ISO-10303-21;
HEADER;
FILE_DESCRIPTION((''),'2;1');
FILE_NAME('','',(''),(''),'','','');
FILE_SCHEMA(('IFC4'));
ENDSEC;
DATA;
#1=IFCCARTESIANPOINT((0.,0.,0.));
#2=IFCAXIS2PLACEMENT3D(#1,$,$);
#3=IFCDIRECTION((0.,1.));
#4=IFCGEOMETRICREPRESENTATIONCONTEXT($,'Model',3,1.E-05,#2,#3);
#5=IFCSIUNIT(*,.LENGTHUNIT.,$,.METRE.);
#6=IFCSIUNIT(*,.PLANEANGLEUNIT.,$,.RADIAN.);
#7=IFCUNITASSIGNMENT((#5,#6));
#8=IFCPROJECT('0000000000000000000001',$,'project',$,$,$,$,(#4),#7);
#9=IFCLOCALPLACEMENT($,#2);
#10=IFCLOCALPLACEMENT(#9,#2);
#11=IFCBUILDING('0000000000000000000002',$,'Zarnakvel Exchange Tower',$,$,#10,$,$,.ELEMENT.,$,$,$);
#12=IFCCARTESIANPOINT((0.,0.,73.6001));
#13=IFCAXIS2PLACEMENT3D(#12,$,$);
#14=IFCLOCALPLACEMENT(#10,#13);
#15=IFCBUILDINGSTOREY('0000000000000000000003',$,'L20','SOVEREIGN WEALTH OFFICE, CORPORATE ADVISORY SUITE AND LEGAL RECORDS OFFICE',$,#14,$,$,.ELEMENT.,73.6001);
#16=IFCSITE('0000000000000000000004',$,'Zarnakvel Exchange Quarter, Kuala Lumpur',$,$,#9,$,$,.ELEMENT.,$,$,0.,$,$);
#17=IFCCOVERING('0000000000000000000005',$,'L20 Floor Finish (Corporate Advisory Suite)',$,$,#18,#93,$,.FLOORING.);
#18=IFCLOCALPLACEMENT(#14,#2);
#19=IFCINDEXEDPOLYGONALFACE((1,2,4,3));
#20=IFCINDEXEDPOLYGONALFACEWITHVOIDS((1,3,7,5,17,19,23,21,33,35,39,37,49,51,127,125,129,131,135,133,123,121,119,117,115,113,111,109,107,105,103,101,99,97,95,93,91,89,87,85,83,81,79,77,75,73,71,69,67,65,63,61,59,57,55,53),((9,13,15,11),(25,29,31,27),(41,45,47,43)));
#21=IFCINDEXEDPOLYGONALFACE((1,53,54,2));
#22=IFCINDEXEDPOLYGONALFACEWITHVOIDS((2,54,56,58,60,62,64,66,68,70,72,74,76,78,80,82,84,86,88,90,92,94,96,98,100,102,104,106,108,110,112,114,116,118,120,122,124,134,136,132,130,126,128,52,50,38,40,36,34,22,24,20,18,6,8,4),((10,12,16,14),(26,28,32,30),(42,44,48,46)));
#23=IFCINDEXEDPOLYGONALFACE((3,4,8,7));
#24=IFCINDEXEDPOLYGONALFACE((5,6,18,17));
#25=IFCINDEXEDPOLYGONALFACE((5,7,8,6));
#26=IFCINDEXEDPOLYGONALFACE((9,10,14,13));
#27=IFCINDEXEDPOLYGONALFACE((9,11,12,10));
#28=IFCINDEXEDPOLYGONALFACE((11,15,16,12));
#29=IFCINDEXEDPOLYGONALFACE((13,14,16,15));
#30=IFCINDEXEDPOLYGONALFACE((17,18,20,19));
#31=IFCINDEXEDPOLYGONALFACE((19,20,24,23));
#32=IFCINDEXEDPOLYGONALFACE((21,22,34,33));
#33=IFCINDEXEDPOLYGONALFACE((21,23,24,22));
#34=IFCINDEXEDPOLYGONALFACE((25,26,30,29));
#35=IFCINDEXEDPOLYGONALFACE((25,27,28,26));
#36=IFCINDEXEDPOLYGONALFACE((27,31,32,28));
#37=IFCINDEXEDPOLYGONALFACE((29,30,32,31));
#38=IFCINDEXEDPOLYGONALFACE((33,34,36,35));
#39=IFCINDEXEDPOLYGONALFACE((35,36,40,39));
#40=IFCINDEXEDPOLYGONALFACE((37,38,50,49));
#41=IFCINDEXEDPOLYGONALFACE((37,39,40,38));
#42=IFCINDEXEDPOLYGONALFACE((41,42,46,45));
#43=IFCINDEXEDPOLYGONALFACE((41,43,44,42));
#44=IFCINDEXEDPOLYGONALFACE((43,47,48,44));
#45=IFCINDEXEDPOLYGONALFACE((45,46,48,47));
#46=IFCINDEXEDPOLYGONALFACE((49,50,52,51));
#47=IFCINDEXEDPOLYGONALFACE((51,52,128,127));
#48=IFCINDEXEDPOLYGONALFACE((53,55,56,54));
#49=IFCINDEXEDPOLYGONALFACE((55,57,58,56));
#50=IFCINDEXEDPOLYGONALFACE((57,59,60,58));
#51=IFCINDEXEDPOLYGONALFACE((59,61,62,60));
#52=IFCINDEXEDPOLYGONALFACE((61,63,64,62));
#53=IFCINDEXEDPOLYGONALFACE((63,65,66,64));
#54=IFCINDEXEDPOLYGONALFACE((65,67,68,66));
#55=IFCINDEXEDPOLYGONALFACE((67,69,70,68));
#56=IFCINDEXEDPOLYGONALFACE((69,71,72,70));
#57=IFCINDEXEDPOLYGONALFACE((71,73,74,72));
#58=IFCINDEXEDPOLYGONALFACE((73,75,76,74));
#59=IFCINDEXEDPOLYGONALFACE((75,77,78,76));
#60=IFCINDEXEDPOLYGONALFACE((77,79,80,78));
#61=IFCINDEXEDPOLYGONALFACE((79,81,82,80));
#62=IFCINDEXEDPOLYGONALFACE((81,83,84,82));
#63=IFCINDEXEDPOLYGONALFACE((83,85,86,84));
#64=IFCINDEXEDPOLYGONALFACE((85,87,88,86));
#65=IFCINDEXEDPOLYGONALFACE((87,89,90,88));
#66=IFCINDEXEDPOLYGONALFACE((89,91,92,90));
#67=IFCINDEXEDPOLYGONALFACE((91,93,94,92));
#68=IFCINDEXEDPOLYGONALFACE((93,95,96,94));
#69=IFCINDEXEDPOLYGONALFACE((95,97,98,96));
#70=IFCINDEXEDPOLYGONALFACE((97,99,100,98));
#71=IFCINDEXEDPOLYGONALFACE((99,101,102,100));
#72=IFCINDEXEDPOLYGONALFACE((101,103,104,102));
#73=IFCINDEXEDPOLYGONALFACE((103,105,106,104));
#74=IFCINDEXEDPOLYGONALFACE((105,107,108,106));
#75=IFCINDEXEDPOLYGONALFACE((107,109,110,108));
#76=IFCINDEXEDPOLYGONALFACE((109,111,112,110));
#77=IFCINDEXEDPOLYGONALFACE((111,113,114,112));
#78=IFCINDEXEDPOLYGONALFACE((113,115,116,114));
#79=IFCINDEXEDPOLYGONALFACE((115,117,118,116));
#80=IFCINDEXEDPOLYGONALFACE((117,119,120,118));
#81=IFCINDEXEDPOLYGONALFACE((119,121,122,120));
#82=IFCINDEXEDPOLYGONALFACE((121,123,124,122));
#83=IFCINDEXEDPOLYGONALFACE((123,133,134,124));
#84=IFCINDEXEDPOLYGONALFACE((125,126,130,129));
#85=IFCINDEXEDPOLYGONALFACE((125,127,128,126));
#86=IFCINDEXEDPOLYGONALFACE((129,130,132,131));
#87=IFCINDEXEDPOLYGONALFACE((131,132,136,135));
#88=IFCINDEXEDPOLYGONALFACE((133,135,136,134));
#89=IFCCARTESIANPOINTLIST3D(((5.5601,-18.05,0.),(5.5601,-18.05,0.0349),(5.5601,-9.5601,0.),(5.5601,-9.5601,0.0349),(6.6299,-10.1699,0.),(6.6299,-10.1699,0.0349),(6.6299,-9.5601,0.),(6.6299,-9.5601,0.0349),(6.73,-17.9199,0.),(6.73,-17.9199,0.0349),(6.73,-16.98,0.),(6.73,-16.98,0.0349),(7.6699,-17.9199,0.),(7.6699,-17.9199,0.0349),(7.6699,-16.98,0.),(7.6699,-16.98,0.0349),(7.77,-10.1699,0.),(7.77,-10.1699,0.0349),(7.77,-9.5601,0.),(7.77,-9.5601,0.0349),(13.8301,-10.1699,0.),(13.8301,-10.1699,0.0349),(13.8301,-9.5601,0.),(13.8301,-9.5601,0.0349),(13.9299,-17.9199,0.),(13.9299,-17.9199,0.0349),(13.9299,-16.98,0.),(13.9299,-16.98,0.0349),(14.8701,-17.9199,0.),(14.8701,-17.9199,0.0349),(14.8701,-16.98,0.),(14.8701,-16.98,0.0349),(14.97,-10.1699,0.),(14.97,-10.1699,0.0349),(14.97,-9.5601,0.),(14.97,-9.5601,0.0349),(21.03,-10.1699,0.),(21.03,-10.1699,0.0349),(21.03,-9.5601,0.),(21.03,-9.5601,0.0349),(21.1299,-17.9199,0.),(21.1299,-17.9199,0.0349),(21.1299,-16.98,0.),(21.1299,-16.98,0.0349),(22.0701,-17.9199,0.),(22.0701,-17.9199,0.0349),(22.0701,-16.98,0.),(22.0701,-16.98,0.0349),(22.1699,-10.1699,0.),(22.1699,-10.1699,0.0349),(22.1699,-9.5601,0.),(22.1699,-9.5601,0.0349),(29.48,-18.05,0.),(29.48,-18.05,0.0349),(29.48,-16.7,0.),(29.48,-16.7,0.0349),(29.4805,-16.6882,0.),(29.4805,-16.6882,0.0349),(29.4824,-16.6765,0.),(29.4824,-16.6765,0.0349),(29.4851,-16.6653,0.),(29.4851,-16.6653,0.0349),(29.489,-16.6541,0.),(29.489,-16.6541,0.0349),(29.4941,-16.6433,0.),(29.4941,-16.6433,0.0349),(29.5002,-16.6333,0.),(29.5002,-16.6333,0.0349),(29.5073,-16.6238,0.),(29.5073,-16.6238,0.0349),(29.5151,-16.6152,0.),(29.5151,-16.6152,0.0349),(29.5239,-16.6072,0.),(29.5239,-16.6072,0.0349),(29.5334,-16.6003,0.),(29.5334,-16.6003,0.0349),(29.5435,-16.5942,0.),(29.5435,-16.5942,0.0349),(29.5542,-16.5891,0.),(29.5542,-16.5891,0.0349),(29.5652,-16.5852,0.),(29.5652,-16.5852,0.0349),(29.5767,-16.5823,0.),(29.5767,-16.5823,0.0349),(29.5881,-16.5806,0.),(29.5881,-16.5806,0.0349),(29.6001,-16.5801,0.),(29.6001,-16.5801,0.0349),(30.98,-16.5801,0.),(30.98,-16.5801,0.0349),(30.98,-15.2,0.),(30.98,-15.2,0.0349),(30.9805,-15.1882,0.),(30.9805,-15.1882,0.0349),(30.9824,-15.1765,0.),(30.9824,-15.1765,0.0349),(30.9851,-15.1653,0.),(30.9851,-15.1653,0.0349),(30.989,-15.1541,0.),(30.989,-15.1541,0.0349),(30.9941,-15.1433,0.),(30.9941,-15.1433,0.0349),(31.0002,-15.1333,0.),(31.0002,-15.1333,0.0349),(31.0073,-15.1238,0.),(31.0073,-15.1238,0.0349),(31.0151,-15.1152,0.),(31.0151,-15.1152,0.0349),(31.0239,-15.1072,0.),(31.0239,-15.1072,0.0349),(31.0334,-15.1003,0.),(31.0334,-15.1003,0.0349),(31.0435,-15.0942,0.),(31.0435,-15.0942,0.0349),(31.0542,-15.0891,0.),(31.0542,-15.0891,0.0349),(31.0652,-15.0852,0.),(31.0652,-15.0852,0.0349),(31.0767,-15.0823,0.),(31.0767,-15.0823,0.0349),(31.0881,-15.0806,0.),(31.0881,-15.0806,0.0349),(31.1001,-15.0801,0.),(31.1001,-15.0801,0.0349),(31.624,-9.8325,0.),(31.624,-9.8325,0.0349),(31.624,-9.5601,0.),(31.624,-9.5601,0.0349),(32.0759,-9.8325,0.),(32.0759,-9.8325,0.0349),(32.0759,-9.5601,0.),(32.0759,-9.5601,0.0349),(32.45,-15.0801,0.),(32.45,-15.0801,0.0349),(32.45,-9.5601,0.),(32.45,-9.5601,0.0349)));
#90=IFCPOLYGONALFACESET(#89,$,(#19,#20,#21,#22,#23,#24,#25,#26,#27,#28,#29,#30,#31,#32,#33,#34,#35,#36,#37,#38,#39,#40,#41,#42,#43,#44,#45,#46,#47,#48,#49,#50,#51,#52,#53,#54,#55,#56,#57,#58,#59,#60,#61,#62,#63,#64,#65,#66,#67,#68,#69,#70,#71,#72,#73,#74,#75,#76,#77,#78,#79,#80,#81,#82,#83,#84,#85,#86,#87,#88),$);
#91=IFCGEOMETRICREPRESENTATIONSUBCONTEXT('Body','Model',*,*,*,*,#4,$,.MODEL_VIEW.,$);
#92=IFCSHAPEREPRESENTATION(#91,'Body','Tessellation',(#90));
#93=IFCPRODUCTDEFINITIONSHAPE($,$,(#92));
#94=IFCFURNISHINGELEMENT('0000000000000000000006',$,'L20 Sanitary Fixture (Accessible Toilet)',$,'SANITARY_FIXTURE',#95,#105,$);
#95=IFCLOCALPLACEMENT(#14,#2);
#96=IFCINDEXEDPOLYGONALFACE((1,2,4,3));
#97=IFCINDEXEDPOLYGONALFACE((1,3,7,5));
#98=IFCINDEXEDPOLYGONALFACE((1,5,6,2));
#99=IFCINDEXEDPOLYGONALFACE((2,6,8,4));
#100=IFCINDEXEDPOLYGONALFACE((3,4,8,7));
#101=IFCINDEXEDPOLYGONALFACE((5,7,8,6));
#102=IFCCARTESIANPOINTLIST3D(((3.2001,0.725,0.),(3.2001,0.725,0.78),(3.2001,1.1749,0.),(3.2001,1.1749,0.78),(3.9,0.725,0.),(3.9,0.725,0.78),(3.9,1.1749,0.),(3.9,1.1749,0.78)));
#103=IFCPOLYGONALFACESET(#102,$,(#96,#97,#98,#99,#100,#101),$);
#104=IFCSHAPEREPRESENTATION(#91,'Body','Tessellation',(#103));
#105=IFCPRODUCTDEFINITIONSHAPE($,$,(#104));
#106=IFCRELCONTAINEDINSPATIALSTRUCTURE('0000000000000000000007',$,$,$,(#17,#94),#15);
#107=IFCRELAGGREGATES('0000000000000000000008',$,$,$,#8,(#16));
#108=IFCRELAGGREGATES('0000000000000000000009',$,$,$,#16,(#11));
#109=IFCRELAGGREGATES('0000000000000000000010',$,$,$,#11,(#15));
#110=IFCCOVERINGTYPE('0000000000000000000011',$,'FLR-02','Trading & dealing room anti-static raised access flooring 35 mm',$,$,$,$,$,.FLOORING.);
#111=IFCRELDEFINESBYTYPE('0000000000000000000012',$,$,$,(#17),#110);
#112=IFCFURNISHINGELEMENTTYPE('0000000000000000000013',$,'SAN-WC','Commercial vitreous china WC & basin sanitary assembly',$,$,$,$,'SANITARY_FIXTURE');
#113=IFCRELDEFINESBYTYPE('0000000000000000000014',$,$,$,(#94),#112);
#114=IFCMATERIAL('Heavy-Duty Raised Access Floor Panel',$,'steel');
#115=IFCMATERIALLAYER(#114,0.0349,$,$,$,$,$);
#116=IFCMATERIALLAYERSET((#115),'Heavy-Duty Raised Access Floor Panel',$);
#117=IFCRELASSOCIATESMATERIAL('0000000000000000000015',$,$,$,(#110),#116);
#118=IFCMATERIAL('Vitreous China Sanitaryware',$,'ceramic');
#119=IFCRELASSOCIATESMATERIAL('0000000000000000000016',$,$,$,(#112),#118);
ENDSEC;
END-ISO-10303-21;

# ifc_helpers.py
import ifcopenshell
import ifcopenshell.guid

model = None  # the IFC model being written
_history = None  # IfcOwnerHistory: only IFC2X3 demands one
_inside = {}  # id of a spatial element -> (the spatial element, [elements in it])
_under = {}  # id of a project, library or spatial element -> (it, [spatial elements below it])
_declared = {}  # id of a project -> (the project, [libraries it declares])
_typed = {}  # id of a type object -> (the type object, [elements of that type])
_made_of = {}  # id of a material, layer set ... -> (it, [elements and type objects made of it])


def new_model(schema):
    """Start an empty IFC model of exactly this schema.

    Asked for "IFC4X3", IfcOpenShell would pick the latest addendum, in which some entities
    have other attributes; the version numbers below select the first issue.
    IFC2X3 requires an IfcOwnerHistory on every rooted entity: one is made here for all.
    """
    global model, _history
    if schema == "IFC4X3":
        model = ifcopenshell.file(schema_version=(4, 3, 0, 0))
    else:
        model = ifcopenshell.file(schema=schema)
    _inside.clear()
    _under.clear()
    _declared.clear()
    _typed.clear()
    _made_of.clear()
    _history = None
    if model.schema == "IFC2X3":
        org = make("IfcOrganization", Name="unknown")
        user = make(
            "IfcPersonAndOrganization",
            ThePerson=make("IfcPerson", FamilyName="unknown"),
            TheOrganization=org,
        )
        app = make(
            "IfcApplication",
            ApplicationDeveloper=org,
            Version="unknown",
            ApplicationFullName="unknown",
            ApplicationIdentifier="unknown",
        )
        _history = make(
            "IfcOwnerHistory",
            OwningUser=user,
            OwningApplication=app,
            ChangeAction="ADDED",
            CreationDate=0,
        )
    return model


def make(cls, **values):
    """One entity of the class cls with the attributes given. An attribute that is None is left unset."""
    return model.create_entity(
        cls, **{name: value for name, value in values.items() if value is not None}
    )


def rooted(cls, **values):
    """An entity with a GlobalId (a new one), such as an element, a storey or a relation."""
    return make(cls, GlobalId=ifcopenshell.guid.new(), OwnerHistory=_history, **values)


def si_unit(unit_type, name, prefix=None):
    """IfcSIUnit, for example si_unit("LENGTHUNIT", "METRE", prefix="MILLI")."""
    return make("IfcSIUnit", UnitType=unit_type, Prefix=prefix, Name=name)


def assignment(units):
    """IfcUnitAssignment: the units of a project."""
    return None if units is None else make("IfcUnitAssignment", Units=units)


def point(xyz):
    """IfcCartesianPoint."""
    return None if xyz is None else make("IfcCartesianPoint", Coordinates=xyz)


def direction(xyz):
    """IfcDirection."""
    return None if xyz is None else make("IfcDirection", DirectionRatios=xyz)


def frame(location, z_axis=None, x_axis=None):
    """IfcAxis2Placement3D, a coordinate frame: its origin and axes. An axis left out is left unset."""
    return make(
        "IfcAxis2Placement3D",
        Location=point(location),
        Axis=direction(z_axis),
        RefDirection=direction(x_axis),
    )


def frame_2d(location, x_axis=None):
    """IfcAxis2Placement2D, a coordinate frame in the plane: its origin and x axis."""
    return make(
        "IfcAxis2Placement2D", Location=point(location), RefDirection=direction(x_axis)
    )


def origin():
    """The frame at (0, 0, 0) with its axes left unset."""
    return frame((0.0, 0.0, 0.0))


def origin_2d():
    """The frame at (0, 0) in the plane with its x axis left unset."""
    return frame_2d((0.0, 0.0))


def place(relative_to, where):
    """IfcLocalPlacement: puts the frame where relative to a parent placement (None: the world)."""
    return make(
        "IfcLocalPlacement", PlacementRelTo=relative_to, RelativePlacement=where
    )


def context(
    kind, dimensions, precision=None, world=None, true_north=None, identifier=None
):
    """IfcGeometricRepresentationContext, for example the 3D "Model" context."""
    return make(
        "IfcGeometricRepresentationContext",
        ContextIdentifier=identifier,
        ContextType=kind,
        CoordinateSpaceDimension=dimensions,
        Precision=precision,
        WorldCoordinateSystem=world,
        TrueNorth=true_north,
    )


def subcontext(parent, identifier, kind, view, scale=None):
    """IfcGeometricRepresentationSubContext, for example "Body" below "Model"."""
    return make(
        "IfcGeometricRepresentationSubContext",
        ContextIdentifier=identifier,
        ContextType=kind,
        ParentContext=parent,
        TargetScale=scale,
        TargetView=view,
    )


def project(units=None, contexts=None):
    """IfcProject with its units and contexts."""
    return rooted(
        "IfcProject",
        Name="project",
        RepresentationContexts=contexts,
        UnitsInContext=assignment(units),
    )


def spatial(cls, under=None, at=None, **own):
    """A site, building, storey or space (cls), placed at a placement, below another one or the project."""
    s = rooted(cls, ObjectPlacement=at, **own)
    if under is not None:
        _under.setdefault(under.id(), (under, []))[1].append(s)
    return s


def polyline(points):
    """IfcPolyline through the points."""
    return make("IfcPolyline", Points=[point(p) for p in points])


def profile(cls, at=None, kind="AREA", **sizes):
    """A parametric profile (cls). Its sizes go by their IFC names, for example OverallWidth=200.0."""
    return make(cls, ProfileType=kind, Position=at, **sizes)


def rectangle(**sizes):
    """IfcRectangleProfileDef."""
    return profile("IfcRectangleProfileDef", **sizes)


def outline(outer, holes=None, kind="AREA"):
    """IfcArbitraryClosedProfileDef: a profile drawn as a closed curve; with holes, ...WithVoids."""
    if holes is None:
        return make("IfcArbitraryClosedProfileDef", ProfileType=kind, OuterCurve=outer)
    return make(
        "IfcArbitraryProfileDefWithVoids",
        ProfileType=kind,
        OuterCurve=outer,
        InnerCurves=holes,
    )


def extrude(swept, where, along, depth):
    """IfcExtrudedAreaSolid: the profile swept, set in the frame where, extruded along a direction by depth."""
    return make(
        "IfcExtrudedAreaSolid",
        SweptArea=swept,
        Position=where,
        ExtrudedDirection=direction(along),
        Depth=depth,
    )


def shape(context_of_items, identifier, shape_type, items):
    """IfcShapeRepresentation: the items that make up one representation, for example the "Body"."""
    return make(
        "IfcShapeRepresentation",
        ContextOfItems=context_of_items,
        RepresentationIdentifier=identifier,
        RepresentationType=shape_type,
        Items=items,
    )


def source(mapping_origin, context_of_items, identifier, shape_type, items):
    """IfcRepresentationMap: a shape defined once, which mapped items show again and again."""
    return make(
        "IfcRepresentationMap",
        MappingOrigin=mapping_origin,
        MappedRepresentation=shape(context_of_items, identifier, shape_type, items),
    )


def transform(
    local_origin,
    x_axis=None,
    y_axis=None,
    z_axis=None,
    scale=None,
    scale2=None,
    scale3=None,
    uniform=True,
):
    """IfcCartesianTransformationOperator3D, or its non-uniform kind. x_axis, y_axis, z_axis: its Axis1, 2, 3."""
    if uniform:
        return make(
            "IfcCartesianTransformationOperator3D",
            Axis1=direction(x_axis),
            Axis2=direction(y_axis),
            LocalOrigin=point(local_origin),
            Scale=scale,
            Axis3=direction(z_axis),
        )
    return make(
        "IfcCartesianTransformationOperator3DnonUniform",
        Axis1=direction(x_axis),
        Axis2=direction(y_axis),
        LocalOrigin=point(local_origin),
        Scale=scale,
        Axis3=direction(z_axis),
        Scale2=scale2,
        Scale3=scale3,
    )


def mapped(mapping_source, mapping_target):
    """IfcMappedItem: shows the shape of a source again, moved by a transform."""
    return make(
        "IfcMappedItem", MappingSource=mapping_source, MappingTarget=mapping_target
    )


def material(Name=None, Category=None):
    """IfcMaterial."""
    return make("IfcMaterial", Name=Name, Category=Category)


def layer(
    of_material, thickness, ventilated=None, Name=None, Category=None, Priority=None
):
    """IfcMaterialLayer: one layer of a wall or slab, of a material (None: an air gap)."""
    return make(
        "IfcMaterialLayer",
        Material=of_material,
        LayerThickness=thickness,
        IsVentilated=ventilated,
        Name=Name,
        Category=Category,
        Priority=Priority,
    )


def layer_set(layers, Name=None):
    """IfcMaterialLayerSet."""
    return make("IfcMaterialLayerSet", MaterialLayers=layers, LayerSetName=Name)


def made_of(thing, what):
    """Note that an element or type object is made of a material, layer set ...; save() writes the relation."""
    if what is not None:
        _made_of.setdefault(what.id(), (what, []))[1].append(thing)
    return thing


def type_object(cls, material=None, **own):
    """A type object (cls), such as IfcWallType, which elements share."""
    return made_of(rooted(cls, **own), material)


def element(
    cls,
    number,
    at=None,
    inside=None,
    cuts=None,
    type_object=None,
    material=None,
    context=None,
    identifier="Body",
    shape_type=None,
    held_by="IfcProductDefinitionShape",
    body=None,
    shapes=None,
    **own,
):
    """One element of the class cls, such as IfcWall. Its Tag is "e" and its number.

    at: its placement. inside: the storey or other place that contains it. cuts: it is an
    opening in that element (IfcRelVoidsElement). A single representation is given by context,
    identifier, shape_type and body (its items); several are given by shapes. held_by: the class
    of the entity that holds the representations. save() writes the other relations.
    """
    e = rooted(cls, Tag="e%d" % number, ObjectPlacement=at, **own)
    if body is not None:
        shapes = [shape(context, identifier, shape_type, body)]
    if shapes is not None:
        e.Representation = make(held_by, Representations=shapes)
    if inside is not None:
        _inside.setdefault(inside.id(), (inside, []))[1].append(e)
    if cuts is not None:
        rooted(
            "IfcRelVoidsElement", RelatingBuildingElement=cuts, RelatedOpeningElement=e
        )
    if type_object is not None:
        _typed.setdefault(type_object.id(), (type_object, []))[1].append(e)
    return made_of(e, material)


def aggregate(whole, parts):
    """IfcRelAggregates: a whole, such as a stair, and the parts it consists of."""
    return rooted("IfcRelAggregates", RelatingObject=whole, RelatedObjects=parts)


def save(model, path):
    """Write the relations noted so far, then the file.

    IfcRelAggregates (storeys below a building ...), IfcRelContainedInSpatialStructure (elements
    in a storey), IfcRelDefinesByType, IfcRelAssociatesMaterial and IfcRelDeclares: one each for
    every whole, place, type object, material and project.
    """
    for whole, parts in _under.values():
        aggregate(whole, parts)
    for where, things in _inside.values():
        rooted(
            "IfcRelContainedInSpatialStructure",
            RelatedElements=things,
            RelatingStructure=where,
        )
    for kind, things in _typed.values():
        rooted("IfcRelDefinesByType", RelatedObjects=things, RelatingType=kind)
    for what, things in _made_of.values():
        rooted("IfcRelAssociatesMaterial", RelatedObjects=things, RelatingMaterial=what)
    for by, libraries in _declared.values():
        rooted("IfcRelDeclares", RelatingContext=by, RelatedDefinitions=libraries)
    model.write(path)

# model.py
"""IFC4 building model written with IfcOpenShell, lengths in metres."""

from ifc_helpers import new_model, si_unit, direction, frame, origin, origin_2d, place, context, subcontext, project, spatial, polyline, rectangle, outline, extrude, source, transform, mapped, material, layer, layer_set, type_object, element, save


model = new_model("IFC4")

# Units and contexts
model_context = context("Model", 3, precision=1e-05, world=origin(), true_north=direction((0.0, 1.0)))
body_context = subcontext(model_context, "Body", "Model", "MODEL_VIEW")
ifc_project = project(units=[si_unit("LENGTHUNIT", "METRE"), si_unit("PLANEANGLEUNIT", "RADIAN")], contexts=[model_context])

# Site, building, storey
site_placement = place(None, origin())
site = spatial("IfcSite", under=ifc_project, at=site_placement, Name="Zarnakvel Exchange Quarter, Kuala Lumpur", CompositionType="ELEMENT", RefElevation=0.0)
building_placement = place(site_placement, origin())
building = spatial("IfcBuilding", under=site, at=building_placement, Name="Zarnakvel Exchange Tower", CompositionType="ELEMENT")
storey_placement = place(building_placement, frame((0.0, 0.0, 73.6001)))
storey = spatial("IfcBuildingStorey", under=building, at=storey_placement, Name="L20", Description="SOVEREIGN WEALTH OFFICE, CORPORATE ADVISORY SUITE AND LEGAL RECORDS OFFICE", CompositionType="ELEMENT", Elevation=73.6001)

# Covering
ifc_material_1 = material(Name="Heavy-Duty Raised Access Floor Panel", Category="steel")
ifc_layer_1 = layer(ifc_material_1, 0.0349)
ifc_layer_set_1 = layer_set([ifc_layer_1], Name="Heavy-Duty Raised Access Floor Panel")
covering_type_1 = type_object("IfcCoveringType", Name="FLR-02", Description="Trading & dealing room anti-static raised access flooring 35 mm", PredefinedType="FLOORING", material=ifc_layer_set_1)
covering_1_placement = place(storey_placement, origin())
element("IfcCovering", 1, at=covering_1_placement, inside=storey, type_object=covering_type_1, Name="L20 Floor Finish (Corporate Advisory Suite)", PredefinedType="FLOORING", context=body_context, shape_type="SweptSolid", body=[
    extrude(outline(polyline([(5.5601, -9.5601), (6.6299, -9.5601), (6.6299, -10.1699), (7.77, -10.1699), (7.77, -9.5601), (13.8301, -9.5601), (13.8301, -10.1699), (14.97, -10.1699), (14.97, -9.5601), (21.03, -9.5601), (21.03, -10.1699), (22.1699, -10.1699), (22.1699, -9.5601), (31.624, -9.5601), (31.624, -9.8325), (32.0759, -9.8325), (32.0759, -9.5601), (32.45, -9.5601), (32.45, -15.0801), (31.1001, -15.0801), (31.0881, -15.0806), (31.0767, -15.0823), (31.0652, -15.0852), (31.0542, -15.0891), (31.0435, -15.0942), (31.0334, -15.1003), (31.0239, -15.1072), (31.0151, -15.1152), (31.0073, -15.1238), (31.0002, -15.1333), (30.9941, -15.1433), (30.989, -15.1541), (30.9851, -15.1653), (30.9824, -15.1765), (30.9805, -15.1882), (30.98, -15.2), (30.98, -16.5801), (29.6001, -16.5801), (29.5881, -16.5806), (29.5767, -16.5823), (29.5652, -16.5852), (29.5542, -16.5891), (29.5435, -16.5942), (29.5334, -16.6003), (29.5239, -16.6072), (29.5151, -16.6152), (29.5073, -16.6238), (29.5002, -16.6333), (29.4941, -16.6433), (29.489, -16.6541), (29.4851, -16.6653), (29.4824, -16.6765), (29.4805, -16.6882), (29.48, -16.7), (29.48, -18.05), (5.5601, -18.05), (5.5601, -9.5601)]), holes=[polyline([(22.0701, -17.9199), (22.0701, -16.98), (21.1299, -16.98), (21.1299, -17.9199), (22.0701, -17.9199)]), polyline([(14.8701, -17.9199), (14.8701, -16.98), (13.9299, -16.98), (13.9299, -17.9199), (14.8701, -17.9199)]), polyline([(7.6699, -17.9199), (7.6699, -16.98), (6.73, -16.98), (6.73, -17.9199), (7.6699, -17.9199)])]), origin(), (0.0, 0.0, 1.0), 0.0349),
])

# Furnishing element
ifc_material_2 = material(Name="Vitreous China Sanitaryware", Category="ceramic")
furnishing_element_type = type_object("IfcFurnishingElementType", Name="SAN-WC", Description="Commercial vitreous china WC & basin sanitary assembly", ElementType="SANITARY_FIXTURE", material=ifc_material_2)
shared_shape_1 = source(origin(), body_context, "Body", "SweptSolid", [
    extrude(rectangle(XDim=0.7, YDim=0.45, at=origin_2d()), origin(), (0.0, 0.0, 1.0), 0.78),
])
furnishing_placement = place(storey_placement, frame((3.55, 0.95, 0.0), z_axis=(0.0, 0.0, 1.0), x_axis=(1.0, 0.0, 0.0)))
element("IfcFurnishingElement", 2, at=furnishing_placement, inside=storey, type_object=furnishing_element_type, Name="L20 Sanitary Fixture (Accessible Toilet)", ObjectType="SANITARY_FIXTURE", context=body_context, shape_type="MappedRepresentation", body=[
    mapped(shared_shape_1, transform((0.0, 0.0, 0.0), x_axis=(1.0, 0.0, 0.0), y_axis=(0.0, 1.0, 0.0), z_axis=(0.0, 0.0, 1.0), scale=1.0)),
])

save(model, "model.ifc")
